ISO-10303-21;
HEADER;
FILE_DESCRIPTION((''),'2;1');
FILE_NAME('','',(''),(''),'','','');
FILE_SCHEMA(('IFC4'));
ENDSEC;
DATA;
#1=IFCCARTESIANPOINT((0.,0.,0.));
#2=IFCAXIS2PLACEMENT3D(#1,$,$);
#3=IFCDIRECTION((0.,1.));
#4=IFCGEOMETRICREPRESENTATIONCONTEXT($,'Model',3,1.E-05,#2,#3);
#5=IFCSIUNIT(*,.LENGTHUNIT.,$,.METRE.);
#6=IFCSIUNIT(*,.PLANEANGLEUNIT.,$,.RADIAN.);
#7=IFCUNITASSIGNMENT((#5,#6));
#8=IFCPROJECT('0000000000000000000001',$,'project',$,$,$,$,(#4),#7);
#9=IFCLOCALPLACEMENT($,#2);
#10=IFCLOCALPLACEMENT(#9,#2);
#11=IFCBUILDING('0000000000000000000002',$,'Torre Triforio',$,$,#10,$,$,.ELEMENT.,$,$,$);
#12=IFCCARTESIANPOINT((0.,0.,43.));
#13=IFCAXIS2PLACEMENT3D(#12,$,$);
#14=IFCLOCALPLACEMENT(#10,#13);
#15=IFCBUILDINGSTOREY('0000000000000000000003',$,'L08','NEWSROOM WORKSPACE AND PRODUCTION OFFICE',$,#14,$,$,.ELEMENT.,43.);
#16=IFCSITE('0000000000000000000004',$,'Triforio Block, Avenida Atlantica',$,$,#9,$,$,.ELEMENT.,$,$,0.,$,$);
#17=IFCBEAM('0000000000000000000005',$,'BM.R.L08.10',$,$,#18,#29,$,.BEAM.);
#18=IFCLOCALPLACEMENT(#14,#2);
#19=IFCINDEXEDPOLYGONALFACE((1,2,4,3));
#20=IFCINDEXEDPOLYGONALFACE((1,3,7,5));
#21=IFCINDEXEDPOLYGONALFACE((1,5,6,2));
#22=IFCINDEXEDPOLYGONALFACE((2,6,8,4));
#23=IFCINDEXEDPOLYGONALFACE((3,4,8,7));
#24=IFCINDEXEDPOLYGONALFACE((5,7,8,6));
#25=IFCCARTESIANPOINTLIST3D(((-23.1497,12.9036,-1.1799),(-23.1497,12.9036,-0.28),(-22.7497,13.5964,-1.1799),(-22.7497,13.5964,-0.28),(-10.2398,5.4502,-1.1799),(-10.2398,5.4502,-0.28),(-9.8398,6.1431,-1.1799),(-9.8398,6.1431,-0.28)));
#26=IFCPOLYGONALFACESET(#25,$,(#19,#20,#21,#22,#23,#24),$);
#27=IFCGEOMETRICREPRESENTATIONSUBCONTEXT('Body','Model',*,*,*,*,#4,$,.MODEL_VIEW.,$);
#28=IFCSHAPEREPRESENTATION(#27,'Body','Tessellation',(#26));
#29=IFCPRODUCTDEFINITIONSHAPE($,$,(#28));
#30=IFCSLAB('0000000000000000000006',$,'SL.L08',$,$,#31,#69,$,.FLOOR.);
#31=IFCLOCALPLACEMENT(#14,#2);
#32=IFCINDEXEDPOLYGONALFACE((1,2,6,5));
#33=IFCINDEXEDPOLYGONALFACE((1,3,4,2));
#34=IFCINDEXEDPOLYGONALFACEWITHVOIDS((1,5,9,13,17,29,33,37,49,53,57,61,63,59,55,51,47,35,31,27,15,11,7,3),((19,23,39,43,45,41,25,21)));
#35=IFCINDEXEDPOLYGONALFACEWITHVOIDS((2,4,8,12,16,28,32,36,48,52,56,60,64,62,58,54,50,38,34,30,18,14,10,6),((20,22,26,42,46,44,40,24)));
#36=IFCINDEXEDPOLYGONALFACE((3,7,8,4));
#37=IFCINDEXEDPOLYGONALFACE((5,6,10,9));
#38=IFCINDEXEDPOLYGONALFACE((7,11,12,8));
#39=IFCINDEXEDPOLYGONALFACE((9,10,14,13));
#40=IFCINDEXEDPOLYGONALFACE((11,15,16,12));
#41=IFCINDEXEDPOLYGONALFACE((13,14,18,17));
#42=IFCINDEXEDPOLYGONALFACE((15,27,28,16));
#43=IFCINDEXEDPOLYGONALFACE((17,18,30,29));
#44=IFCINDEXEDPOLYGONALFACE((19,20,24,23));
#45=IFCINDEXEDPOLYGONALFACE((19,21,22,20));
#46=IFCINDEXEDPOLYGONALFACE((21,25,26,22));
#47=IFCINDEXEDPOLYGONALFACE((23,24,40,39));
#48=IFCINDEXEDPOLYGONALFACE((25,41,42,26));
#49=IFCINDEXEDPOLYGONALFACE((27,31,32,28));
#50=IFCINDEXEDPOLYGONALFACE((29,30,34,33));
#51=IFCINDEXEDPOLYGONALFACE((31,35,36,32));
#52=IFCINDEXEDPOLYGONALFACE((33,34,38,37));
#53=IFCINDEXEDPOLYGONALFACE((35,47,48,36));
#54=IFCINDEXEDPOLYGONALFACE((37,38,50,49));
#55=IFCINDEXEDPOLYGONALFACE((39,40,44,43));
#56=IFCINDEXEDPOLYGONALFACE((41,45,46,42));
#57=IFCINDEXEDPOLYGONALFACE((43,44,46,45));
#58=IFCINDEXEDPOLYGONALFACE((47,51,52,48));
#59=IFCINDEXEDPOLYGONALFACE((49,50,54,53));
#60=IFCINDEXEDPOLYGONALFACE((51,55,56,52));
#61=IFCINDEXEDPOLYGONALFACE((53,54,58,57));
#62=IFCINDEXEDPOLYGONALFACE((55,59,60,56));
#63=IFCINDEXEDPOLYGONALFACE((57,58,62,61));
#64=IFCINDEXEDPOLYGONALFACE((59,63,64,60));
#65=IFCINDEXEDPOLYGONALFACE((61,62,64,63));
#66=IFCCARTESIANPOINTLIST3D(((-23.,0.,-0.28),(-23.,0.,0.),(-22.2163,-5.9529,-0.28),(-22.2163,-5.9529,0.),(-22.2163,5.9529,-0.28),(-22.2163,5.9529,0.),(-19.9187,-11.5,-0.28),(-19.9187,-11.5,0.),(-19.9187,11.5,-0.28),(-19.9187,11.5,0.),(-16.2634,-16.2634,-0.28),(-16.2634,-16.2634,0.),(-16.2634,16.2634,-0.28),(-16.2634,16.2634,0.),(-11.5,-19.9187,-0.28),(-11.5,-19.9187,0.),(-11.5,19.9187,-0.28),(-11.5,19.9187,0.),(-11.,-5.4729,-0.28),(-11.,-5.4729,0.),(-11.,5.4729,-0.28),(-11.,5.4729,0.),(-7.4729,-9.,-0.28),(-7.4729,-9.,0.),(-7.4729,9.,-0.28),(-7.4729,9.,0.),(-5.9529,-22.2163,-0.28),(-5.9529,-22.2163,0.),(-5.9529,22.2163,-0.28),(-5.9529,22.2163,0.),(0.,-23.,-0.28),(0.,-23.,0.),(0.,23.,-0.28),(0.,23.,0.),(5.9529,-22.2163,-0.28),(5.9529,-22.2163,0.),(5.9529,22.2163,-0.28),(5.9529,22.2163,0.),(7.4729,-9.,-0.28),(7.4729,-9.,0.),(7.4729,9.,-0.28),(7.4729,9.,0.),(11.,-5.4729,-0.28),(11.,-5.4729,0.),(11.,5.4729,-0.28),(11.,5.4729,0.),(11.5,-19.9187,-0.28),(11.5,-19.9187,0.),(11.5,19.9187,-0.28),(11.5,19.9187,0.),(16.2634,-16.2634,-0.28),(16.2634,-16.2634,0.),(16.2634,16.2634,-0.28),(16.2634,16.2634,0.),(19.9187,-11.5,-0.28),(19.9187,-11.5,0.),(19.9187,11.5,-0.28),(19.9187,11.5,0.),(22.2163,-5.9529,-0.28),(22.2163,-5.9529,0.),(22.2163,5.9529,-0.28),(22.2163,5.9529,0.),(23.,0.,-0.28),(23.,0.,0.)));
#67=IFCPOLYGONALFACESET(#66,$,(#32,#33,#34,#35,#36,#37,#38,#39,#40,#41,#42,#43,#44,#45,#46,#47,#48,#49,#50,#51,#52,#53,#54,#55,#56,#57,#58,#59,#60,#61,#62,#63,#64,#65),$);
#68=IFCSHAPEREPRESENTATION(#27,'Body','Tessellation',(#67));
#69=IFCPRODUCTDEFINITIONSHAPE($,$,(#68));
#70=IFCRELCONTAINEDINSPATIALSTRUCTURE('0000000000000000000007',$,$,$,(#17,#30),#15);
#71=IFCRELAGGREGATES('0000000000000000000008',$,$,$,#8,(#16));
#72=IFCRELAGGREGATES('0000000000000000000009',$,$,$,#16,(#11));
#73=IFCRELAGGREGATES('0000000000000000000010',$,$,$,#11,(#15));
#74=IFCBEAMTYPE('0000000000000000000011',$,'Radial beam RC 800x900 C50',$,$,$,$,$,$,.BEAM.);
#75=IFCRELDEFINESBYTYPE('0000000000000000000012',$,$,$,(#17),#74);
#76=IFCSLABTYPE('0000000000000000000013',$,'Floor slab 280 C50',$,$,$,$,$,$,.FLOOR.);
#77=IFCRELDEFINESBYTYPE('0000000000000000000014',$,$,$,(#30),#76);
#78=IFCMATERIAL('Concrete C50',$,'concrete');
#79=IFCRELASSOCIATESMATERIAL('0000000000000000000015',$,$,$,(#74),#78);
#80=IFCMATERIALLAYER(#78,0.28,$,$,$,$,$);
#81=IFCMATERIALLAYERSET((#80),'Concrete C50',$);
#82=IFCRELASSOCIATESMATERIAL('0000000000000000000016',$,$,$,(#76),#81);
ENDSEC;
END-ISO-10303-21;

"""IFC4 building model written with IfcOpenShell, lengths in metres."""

from ifc_helpers import new_model, si_unit, direction, frame, origin, origin_2d, place, context, subcontext, project, spatial, polyline, rectangle, outline, extrude, material, layer, layer_set, material_profile, profile_set, type_object, element, save


model = new_model("IFC4")

# Units and contexts
model_context = context("Model", 3, precision=1e-05, world=origin(), true_north=direction((0.0, 1.0)))
body_context = subcontext(model_context, "Body", "Model", "MODEL_VIEW")
ifc_project = project(units=[si_unit("LENGTHUNIT", "METRE"), si_unit("PLANEANGLEUNIT", "RADIAN")], contexts=[model_context])

# Site, building, storey
site_placement = place(None, origin())
site = spatial("IfcSite", under=ifc_project, at=site_placement, Name="Triforio Block, Avenida Atlantica", CompositionType="ELEMENT", RefElevation=0.0)
building_placement = place(site_placement, origin())
building = spatial("IfcBuilding", under=site, at=building_placement, Name="Torre Triforio", CompositionType="ELEMENT")
storey_placement = place(building_placement, frame((0.0, 0.0, 43.0)))
storey = spatial("IfcBuildingStorey", under=building, at=storey_placement, Name="L08", Description="NEWSROOM WORKSPACE AND PRODUCTION OFFICE", CompositionType="ELEMENT", Elevation=43.0)

# Beam
ifc_material_1 = material(Name="Concrete C50", Category="concrete")
ifc_material_profile = material_profile(ifc_material_1, rectangle(XDim=0.8, YDim=0.8999, at=origin_2d()), Name="RC 800x900")
ifc_profile_set = profile_set([ifc_material_profile], Name="Concrete C50")
beam_type = type_object("IfcBeamType", Name="Radial beam RC 800x900 C50", PredefinedType="BEAM", material=ifc_profile_set)
beam_placement = place(storey_placement, frame((-10.0398, 5.7966, -0.73), z_axis=(-0.86603, 0.499991, 0.0), x_axis=(-0.499991, -0.86603, 0.0)))
element("IfcBeam", 1, at=beam_placement, inside=storey, type_object=beam_type, Name="BM.R.L08.10", PredefinedType="BEAM", context=body_context, shape_type="SweptSolid", body=[
    extrude(rectangle(XDim=0.8, YDim=0.8999, at=origin_2d()), origin(), (0.0, 0.0, 1.0), 14.907),
])

# Slab
ifc_layer_1 = layer(ifc_material_1, 0.28)
ifc_layer_set_1 = layer_set([ifc_layer_1], Name="Concrete C50")
slab_type_1 = type_object("IfcSlabType", Name="Floor slab 280 C50", PredefinedType="FLOOR", material=ifc_layer_set_1)
slab_1_placement = place(storey_placement, frame((0.0, 0.0, -0.28)))
element("IfcSlab", 2, at=slab_1_placement, inside=storey, type_object=slab_type_1, Name="SL.L08", PredefinedType="FLOOR", context=body_context, shape_type="SweptSolid", body=[
    extrude(outline(polyline([(19.9187, -11.5), (22.2163, -5.9529), (23.0, 0.0), (22.2163, 5.9529), (19.9187, 11.5), (16.2634, 16.2634), (11.5, 19.9187), (5.9529, 22.2163), (0.0, 23.0), (-5.9529, 22.2163), (-11.5, 19.9187), (-16.2634, 16.2634), (-19.9187, 11.5), (-22.2163, 5.9529), (-23.0, 0.0), (-22.2163, -5.9529), (-19.9187, -11.5), (-16.2634, -16.2634), (-11.5, -19.9187), (-5.9529, -22.2163), (0.0, -23.0), (5.9529, -22.2163), (11.5, -19.9187), (16.2634, -16.2634), (19.9187, -11.5)]), holes=[polyline([(11.0, 5.4729), (11.0, -5.4729), (7.4729, -9.0), (-7.4729, -9.0), (-11.0, -5.4729), (-11.0, 5.4729), (-7.4729, 9.0), (7.4729, 9.0), (11.0, 5.4729)])]), origin(), (0.0, 0.0, 1.0), 0.28),
])

save(model, "model.ifc")
